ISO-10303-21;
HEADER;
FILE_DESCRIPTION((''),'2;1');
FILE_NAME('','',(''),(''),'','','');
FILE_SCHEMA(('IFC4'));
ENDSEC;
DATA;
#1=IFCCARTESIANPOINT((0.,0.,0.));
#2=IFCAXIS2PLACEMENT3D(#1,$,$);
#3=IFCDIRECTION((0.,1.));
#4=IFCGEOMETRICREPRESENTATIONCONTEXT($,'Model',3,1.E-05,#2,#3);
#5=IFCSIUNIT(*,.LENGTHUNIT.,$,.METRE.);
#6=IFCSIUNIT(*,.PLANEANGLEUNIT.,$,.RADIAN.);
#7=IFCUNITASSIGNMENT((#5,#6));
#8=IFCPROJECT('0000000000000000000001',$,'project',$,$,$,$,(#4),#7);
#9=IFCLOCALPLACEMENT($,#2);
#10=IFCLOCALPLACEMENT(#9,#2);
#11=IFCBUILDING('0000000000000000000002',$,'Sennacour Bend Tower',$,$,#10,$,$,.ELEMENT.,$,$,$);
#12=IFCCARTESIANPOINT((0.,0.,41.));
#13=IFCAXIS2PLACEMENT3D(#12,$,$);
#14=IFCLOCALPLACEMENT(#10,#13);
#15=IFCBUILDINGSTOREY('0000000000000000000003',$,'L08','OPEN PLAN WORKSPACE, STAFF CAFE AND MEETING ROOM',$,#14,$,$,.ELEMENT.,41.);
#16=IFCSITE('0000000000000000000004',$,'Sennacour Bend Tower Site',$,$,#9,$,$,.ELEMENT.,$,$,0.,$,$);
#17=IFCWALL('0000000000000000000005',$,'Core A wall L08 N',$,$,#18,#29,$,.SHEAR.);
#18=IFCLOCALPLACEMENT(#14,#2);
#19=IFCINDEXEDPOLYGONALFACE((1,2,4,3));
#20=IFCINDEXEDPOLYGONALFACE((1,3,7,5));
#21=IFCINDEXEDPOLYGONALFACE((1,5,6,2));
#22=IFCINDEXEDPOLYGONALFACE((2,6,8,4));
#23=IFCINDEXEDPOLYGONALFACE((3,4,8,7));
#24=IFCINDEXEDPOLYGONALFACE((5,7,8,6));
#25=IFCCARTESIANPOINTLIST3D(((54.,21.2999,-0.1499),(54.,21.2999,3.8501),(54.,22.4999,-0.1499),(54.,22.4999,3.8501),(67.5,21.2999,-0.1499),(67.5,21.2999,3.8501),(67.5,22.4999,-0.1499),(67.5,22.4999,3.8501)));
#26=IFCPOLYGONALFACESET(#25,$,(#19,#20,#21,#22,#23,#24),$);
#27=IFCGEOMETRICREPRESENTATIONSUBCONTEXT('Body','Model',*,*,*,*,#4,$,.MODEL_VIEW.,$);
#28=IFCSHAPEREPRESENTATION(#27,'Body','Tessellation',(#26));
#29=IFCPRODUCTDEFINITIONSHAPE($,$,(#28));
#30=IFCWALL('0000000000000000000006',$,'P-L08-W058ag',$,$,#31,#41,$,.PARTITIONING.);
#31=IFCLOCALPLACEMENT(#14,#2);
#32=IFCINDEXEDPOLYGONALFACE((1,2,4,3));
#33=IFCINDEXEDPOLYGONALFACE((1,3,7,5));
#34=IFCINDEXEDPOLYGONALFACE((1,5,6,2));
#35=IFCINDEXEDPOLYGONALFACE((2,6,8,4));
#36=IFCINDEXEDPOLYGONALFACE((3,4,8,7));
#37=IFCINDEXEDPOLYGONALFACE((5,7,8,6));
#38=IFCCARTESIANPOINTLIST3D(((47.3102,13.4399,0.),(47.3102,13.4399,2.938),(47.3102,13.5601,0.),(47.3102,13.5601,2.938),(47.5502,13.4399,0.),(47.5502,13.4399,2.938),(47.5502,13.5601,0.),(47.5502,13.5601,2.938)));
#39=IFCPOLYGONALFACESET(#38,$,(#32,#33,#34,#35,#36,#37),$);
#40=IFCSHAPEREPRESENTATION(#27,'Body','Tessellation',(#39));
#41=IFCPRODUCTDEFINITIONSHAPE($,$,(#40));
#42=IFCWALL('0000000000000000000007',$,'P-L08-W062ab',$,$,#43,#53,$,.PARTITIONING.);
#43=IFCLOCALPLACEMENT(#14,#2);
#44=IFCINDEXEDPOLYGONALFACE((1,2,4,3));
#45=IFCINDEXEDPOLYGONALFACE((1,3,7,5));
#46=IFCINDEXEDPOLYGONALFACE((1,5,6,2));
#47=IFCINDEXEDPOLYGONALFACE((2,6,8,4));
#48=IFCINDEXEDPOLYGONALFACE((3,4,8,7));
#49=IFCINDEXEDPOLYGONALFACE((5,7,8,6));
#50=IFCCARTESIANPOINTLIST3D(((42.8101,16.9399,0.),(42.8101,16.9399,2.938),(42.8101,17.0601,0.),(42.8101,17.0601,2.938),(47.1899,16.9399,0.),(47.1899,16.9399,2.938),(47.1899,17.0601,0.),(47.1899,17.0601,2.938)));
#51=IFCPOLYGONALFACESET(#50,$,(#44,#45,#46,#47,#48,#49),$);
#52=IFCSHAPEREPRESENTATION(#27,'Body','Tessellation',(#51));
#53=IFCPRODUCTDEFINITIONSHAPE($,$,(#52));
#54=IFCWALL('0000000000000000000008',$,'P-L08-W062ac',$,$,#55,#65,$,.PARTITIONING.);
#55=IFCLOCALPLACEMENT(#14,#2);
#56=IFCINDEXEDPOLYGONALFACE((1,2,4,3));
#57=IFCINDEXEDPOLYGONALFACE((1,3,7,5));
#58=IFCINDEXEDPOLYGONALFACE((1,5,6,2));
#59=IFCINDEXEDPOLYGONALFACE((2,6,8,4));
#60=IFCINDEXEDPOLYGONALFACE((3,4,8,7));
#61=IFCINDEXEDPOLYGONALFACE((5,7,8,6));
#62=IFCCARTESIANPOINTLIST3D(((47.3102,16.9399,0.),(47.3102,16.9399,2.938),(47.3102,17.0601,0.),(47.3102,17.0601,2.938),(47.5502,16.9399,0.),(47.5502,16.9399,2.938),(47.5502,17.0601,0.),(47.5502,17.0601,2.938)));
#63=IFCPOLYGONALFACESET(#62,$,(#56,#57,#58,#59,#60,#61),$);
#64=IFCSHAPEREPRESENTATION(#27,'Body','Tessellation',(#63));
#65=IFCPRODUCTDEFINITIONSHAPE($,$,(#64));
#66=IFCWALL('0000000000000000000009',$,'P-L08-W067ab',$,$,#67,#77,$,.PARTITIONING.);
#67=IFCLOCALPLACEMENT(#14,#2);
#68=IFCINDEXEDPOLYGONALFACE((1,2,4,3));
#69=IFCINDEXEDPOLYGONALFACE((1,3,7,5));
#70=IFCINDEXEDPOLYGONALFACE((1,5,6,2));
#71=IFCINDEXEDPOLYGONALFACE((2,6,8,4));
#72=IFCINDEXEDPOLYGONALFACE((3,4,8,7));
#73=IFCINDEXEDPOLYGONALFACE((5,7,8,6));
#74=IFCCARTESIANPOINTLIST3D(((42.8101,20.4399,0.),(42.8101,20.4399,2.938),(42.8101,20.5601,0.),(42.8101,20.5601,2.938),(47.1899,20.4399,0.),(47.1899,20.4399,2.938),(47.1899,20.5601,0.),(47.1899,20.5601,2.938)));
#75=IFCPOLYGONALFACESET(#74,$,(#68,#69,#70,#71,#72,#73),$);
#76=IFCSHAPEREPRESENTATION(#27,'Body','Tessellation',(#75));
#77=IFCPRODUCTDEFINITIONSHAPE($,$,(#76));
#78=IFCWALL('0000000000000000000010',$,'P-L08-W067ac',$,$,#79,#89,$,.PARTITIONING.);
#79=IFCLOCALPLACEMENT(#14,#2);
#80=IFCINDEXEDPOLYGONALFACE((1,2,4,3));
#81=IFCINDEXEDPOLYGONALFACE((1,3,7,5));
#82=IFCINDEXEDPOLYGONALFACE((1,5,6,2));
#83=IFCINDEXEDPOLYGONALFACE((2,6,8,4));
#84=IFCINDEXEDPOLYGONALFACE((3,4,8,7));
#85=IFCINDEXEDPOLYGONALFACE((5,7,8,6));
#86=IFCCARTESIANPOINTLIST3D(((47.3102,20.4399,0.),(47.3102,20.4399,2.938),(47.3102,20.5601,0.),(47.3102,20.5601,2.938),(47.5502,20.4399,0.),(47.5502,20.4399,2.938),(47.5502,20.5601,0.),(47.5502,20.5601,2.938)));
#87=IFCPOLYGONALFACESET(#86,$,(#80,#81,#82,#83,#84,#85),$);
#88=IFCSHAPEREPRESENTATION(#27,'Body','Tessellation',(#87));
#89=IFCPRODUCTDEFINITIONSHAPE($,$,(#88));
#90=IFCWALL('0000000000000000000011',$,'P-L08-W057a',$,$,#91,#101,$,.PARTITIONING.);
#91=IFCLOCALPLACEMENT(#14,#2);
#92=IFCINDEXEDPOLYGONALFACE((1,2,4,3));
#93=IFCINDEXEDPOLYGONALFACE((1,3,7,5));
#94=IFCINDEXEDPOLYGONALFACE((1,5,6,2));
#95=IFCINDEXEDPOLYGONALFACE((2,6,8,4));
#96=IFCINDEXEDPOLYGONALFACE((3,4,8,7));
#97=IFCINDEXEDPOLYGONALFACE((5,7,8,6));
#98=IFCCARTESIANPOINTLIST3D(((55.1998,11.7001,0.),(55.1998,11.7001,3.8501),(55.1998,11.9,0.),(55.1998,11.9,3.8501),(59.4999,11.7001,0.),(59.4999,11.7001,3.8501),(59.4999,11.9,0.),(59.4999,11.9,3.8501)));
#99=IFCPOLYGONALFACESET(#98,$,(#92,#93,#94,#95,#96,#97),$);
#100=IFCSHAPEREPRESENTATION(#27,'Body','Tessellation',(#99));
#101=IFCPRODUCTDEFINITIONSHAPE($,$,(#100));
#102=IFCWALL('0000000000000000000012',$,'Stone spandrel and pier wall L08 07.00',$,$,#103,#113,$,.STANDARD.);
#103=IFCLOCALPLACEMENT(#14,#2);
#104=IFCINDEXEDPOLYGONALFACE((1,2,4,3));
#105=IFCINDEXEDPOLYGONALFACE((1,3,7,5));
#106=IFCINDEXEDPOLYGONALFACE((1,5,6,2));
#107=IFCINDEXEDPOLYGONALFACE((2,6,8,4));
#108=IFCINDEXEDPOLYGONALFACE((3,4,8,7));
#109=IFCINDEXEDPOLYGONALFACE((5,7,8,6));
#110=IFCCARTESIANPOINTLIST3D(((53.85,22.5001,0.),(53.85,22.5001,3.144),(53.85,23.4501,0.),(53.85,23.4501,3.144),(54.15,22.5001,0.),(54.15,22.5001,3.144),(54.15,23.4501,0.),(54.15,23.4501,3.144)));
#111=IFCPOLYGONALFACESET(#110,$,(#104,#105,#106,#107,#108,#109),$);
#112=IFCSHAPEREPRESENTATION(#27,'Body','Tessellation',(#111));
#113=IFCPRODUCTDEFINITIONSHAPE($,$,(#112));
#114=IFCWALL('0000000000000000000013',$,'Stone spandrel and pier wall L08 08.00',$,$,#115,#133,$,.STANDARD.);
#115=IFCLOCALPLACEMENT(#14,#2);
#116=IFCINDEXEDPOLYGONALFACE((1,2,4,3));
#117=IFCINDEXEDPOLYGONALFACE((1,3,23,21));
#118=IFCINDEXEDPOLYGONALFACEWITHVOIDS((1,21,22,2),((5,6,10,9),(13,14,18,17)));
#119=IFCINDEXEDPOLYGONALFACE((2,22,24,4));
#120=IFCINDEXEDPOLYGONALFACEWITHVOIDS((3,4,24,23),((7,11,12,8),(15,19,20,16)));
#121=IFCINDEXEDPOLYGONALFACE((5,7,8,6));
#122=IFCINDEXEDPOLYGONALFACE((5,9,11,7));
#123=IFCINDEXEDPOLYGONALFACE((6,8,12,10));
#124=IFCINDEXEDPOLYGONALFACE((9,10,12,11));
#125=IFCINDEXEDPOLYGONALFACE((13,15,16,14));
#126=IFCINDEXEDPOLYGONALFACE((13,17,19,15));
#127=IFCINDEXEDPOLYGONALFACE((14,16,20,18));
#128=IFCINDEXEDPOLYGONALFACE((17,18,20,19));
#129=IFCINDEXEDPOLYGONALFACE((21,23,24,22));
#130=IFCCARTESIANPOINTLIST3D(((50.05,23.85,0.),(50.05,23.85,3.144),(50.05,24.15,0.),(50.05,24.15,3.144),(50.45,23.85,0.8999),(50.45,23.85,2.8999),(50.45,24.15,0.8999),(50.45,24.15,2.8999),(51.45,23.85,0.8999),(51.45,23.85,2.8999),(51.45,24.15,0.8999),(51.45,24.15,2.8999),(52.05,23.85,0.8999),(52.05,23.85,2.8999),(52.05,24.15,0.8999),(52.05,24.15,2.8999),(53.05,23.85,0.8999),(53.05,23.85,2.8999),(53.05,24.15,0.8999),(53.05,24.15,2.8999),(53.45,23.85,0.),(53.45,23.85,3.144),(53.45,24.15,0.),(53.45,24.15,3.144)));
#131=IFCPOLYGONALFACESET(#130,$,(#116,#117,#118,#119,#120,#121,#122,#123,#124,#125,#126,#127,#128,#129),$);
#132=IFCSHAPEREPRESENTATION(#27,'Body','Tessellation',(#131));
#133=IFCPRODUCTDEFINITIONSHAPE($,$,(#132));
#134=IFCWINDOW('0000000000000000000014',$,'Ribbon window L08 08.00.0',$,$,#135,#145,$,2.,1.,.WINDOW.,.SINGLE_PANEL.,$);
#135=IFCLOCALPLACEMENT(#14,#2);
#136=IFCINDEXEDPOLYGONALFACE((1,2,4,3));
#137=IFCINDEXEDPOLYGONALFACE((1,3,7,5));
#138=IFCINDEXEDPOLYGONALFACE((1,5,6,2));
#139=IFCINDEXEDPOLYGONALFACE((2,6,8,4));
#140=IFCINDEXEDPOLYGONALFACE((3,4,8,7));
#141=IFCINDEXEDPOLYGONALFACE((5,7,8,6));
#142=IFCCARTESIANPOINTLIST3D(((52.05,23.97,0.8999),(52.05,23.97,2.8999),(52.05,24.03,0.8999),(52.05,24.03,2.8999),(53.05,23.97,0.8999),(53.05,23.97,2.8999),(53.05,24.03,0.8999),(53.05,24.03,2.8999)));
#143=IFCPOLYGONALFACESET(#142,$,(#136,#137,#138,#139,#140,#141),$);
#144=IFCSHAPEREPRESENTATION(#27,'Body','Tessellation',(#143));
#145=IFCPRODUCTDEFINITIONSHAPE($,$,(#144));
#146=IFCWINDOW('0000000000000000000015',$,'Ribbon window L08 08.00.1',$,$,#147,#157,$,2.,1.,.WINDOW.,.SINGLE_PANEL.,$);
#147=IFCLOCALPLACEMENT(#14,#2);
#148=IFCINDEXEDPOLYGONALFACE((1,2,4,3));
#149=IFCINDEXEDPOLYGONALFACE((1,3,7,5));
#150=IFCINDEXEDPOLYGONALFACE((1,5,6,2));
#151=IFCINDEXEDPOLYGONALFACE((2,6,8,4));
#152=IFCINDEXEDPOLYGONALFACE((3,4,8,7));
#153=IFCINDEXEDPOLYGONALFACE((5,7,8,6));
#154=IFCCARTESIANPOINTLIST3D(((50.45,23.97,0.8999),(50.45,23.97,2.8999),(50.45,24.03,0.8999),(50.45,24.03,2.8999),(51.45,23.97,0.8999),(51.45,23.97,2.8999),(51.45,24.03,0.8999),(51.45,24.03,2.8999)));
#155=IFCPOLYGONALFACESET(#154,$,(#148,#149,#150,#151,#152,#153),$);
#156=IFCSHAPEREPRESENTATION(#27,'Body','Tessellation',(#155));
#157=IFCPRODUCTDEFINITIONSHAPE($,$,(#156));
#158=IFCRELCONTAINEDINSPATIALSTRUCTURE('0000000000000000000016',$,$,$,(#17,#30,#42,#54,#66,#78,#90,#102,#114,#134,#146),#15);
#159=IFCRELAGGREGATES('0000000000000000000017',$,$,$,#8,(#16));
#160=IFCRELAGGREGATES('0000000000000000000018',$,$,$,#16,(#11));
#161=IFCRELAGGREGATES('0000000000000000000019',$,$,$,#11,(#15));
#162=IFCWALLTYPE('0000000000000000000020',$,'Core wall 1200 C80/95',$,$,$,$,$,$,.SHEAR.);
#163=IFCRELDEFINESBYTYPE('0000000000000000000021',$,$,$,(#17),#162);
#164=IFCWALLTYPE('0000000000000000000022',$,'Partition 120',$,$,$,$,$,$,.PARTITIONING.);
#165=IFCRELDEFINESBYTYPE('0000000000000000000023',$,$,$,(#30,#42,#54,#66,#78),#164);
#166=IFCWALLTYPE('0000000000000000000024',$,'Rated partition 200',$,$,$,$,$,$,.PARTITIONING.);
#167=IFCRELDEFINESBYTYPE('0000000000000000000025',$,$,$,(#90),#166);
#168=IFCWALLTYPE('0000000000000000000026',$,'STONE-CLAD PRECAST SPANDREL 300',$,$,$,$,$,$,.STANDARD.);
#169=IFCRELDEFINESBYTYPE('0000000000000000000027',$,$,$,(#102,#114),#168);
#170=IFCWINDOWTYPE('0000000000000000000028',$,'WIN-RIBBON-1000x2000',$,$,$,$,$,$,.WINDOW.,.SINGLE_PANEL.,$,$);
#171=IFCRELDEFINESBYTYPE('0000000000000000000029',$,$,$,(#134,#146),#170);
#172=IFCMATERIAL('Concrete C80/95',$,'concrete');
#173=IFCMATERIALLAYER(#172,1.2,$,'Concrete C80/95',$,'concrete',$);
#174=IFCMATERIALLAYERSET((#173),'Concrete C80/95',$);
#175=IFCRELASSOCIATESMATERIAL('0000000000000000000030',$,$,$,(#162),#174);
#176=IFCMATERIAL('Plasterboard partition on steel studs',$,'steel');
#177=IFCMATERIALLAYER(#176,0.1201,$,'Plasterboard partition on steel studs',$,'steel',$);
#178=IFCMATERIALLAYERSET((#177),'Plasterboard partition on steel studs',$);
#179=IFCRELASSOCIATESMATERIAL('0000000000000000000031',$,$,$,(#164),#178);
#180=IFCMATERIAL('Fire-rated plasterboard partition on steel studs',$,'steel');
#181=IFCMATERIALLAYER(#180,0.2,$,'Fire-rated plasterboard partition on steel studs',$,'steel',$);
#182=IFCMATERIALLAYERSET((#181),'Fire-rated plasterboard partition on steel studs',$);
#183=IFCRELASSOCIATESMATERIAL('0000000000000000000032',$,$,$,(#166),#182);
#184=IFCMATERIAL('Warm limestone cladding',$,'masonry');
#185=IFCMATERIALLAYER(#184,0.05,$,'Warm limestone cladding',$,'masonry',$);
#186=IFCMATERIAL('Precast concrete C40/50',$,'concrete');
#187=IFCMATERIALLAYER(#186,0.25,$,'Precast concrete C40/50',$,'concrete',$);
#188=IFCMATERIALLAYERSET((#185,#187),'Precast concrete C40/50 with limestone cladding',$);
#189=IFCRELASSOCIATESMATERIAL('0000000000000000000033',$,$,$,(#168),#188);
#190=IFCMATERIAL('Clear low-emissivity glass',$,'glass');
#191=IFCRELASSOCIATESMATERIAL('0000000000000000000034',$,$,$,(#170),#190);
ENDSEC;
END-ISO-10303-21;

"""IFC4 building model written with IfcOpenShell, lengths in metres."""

from ifc_helpers import new_model, si_unit, direction, frame, frame_2d, origin, place, context, subcontext, project, spatial, rectangle, extrude, material, layer, layer_set, type_object, element, fill, save


model = new_model("IFC4")

# Units and contexts
model_context = context("Model", 3, precision=1e-05, world=origin(), true_north=direction((0.0, 1.0)))
body_context = subcontext(model_context, "Body", "Model", "MODEL_VIEW")
ifc_project = project(units=[si_unit("LENGTHUNIT", "METRE"), si_unit("PLANEANGLEUNIT", "RADIAN")], contexts=[model_context])

# Site, building, storey
site_placement = place(None, origin())
site = spatial("IfcSite", under=ifc_project, at=site_placement, Name="Sennacour Bend Tower Site", CompositionType="ELEMENT", RefElevation=0.0)
building_placement = place(site_placement, origin())
building = spatial("IfcBuilding", under=site, at=building_placement, Name="Sennacour Bend Tower", CompositionType="ELEMENT")
storey_placement = place(building_placement, frame((0.0, 0.0, 41.0)))
storey = spatial("IfcBuildingStorey", under=building, at=storey_placement, Name="L08", Description="OPEN PLAN WORKSPACE, STAFF CAFE AND MEETING ROOM", CompositionType="ELEMENT", Elevation=41.0)

# Walls
ifc_material_1 = material(Name="Concrete C80/95", Category="concrete")
ifc_layer_1 = layer(ifc_material_1, 1.2, Name="Concrete C80/95", Category="concrete")
ifc_layer_set_1 = layer_set([ifc_layer_1], Name="Concrete C80/95")
wall_type_1 = type_object("IfcWallType", Name="Core wall 1200 C80/95", PredefinedType="SHEAR", material=ifc_layer_set_1)
wall_1_placement = place(storey_placement, frame((54.0, 21.8999, -0.1499), z_axis=(0.0, 0.0, 1.0), x_axis=(1.0, 0.0, 0.0)))
element("IfcWall", 1, at=wall_1_placement, inside=storey, type_object=wall_type_1, Name="Core A wall L08 N", PredefinedType="SHEAR", context=body_context, shape_type="SweptSolid", body=[
    extrude(rectangle(XDim=13.5, YDim=1.2, at=frame_2d((6.75, 0.0))), origin(), (0.0, 0.0, 1.0), 4.0),
])
ifc_material_2 = material(Name="Plasterboard partition on steel studs", Category="steel")
ifc_layer_2 = layer(ifc_material_2, 0.1201, Name="Plasterboard partition on steel studs", Category="steel")
ifc_layer_set_2 = layer_set([ifc_layer_2], Name="Plasterboard partition on steel studs")
wall_type_2 = type_object("IfcWallType", Name="Partition 120", PredefinedType="PARTITIONING", material=ifc_layer_set_2)
wall_2_placement = place(storey_placement, frame((47.3101, 13.5, 0.0), z_axis=(0.0, 0.0, 1.0), x_axis=(1.0, 0.0, 0.0)))
element("IfcWall", 2, at=wall_2_placement, inside=storey, type_object=wall_type_2, Name="P-L08-W058ag", PredefinedType="PARTITIONING", context=body_context, shape_type="SweptSolid", body=[
    extrude(rectangle(XDim=0.24, YDim=0.1201, at=frame_2d((0.1201, 0.0))), origin(), (0.0, 0.0, 1.0), 2.938),
])
wall_3_placement = place(storey_placement, frame((42.8101, 17.0, 0.0), z_axis=(0.0, 0.0, 1.0), x_axis=(1.0, 0.0, 0.0)))
element("IfcWall", 3, at=wall_3_placement, inside=storey, type_object=wall_type_2, Name="P-L08-W062ab", PredefinedType="PARTITIONING", context=body_context, shape_type="SweptSolid", body=[
    extrude(rectangle(XDim=4.3799, YDim=0.1201, at=frame_2d((2.1899, 0.0))), origin(), (0.0, 0.0, 1.0), 2.938),
])
wall_4_placement = place(storey_placement, frame((47.3101, 17.0, 0.0), z_axis=(0.0, 0.0, 1.0), x_axis=(1.0, 0.0, 0.0)))
element("IfcWall", 4, at=wall_4_placement, inside=storey, type_object=wall_type_2, Name="P-L08-W062ac", PredefinedType="PARTITIONING", context=body_context, shape_type="SweptSolid", body=[
    extrude(rectangle(XDim=0.24, YDim=0.1201, at=frame_2d((0.1201, 0.0))), origin(), (0.0, 0.0, 1.0), 2.938),
])
wall_5_placement = place(storey_placement, frame((42.8101, 20.5, 0.0), z_axis=(0.0, 0.0, 1.0), x_axis=(1.0, 0.0, 0.0)))
element("IfcWall", 5, at=wall_5_placement, inside=storey, type_object=wall_type_2, Name="P-L08-W067ab", PredefinedType="PARTITIONING", context=body_context, shape_type="SweptSolid", body=[
    extrude(rectangle(XDim=4.3799, YDim=0.1201, at=frame_2d((2.1899, 0.0))), origin(), (0.0, 0.0, 1.0), 2.938),
])
wall_6_placement = place(storey_placement, frame((47.3101, 20.5, 0.0), z_axis=(0.0, 0.0, 1.0), x_axis=(1.0, 0.0, 0.0)))
element("IfcWall", 6, at=wall_6_placement, inside=storey, type_object=wall_type_2, Name="P-L08-W067ac", PredefinedType="PARTITIONING", context=body_context, shape_type="SweptSolid", body=[
    extrude(rectangle(XDim=0.24, YDim=0.1201, at=frame_2d((0.1201, 0.0))), origin(), (0.0, 0.0, 1.0), 2.938),
])
ifc_material_3 = material(Name="Fire-rated plasterboard partition on steel studs", Category="steel")
ifc_layer_3 = layer(ifc_material_3, 0.2, Name="Fire-rated plasterboard partition on steel studs", Category="steel")
ifc_layer_set_3 = layer_set([ifc_layer_3], Name="Fire-rated plasterboard partition on steel studs")
wall_type_3 = type_object("IfcWallType", Name="Rated partition 200", PredefinedType="PARTITIONING", material=ifc_layer_set_3)
wall_7_placement = place(storey_placement, frame((55.2, 11.8, 0.0), z_axis=(0.0, 0.0, 1.0), x_axis=(1.0, 0.0, 0.0)))
element("IfcWall", 7, at=wall_7_placement, inside=storey, type_object=wall_type_3, Name="P-L08-W057a", PredefinedType="PARTITIONING", context=body_context, shape_type="SweptSolid", body=[
    extrude(rectangle(XDim=4.3, YDim=0.2, at=frame_2d((2.1499, 0.0))), origin(), (0.0, 0.0, 1.0), 3.8501),
])
ifc_material_4 = material(Name="Warm limestone cladding", Category="masonry")
ifc_layer_4 = layer(ifc_material_4, 0.05, Name="Warm limestone cladding", Category="masonry")
ifc_material_5 = material(Name="Precast concrete C40/50", Category="concrete")
ifc_layer_5 = layer(ifc_material_5, 0.25, Name="Precast concrete C40/50", Category="concrete")
ifc_layer_set_4 = layer_set([ifc_layer_4, ifc_layer_5], Name="Precast concrete C40/50 with limestone cladding")
wall_type_4 = type_object("IfcWallType", Name="STONE-CLAD PRECAST SPANDREL 300", PredefinedType="STANDARD", material=ifc_layer_set_4)
wall_8_placement = place(storey_placement, frame((54.0, 22.5, 0.0), z_axis=(0.0, 0.0, 1.0), x_axis=(0.0, 1.0, 0.0)))
element("IfcWall", 8, at=wall_8_placement, inside=storey, type_object=wall_type_4, Name="Stone spandrel and pier wall L08 07.00", PredefinedType="STANDARD", context=body_context, shape_type="SweptSolid", body=[
    extrude(rectangle(XDim=0.95, YDim=0.3, at=frame_2d((0.4751, 0.0))), origin(), (0.0, 0.0, 1.0), 3.144),
])

# Wall, openings, windows
wall_9_placement = place(storey_placement, frame((53.45, 24.0, 0.0), z_axis=(0.0, 0.0, 1.0), x_axis=(-1.0, 0.0, 0.0)))
wall_9 = element("IfcWall", 9, at=wall_9_placement, inside=storey, type_object=wall_type_4, Name="Stone spandrel and pier wall L08 08.00", PredefinedType="STANDARD", context=body_context, shape_type="SweptSolid", body=[
    extrude(rectangle(XDim=3.3999, YDim=0.3, at=frame_2d((1.7, 0.0))), origin(), (0.0, 0.0, 1.0), 3.144),
])
opening_1_placement = place(wall_9_placement, frame((0.3999, 0.0, 0.8999)))
opening_1 = element("IfcOpeningElement", 10, at=opening_1_placement, cuts=wall_9, PredefinedType="OPENING", context=body_context, shape_type="SweptSolid", body=[
    extrude(rectangle(XDim=1.0, YDim=2.0, at=frame_2d((0.5, 1.0))), frame((0.0, 0.1602, 0.0), z_axis=(0.0, -1.0, 0.0), x_axis=(1.0, 0.0, 0.0)), (0.0, 0.0, 1.0), 0.3201),
])
opening_2_placement = place(wall_9_placement, frame((2.0, 0.0, 0.8999)))
opening_2 = element("IfcOpeningElement", 11, at=opening_2_placement, cuts=wall_9, PredefinedType="OPENING", context=body_context, shape_type="SweptSolid", body=[
    extrude(rectangle(XDim=1.0, YDim=2.0, at=frame_2d((0.5, 1.0))), frame((0.0, 0.1602, 0.0), z_axis=(0.0, -1.0, 0.0), x_axis=(1.0, 0.0, 0.0)), (0.0, 0.0, 1.0), 0.3201),
])
ifc_material_6 = material(Name="Clear low-emissivity glass", Category="glass")
window_type = type_object("IfcWindowType", Name="WIN-RIBBON-1000x2000", PartitioningType="SINGLE_PANEL", PredefinedType="WINDOW", material=ifc_material_6)
window_1_placement = place(opening_1_placement, origin())
window_1 = element("IfcWindow", 12, at=window_1_placement, inside=storey, type_object=window_type, Name="Ribbon window L08 08.00.0", OverallHeight=2.0, OverallWidth=1.0, PartitioningType="SINGLE_PANEL", PredefinedType="WINDOW", context=body_context, shape_type="SweptSolid", body=[
    extrude(rectangle(XDim=1.0, YDim=2.0, at=frame_2d((0.5, 1.0))), frame((0.0, 0.03, 0.0), z_axis=(0.0, -1.0, 0.0), x_axis=(1.0, 0.0, 0.0)), (0.0, 0.0, 1.0), 0.0601),
])
fill(opening_1, window_1)
window_2_placement = place(opening_2_placement, origin())
window_2 = element("IfcWindow", 13, at=window_2_placement, inside=storey, type_object=window_type, Name="Ribbon window L08 08.00.1", OverallHeight=2.0, OverallWidth=1.0, PartitioningType="SINGLE_PANEL", PredefinedType="WINDOW", context=body_context, shape_type="SweptSolid", body=[
    extrude(rectangle(XDim=1.0, YDim=2.0, at=frame_2d((0.5, 1.0))), frame((0.0, 0.03, 0.0), z_axis=(0.0, -1.0, 0.0), x_axis=(1.0, 0.0, 0.0)), (0.0, 0.0, 1.0), 0.0601),
])
fill(opening_2, window_2)

save(model, "model.ifc")
